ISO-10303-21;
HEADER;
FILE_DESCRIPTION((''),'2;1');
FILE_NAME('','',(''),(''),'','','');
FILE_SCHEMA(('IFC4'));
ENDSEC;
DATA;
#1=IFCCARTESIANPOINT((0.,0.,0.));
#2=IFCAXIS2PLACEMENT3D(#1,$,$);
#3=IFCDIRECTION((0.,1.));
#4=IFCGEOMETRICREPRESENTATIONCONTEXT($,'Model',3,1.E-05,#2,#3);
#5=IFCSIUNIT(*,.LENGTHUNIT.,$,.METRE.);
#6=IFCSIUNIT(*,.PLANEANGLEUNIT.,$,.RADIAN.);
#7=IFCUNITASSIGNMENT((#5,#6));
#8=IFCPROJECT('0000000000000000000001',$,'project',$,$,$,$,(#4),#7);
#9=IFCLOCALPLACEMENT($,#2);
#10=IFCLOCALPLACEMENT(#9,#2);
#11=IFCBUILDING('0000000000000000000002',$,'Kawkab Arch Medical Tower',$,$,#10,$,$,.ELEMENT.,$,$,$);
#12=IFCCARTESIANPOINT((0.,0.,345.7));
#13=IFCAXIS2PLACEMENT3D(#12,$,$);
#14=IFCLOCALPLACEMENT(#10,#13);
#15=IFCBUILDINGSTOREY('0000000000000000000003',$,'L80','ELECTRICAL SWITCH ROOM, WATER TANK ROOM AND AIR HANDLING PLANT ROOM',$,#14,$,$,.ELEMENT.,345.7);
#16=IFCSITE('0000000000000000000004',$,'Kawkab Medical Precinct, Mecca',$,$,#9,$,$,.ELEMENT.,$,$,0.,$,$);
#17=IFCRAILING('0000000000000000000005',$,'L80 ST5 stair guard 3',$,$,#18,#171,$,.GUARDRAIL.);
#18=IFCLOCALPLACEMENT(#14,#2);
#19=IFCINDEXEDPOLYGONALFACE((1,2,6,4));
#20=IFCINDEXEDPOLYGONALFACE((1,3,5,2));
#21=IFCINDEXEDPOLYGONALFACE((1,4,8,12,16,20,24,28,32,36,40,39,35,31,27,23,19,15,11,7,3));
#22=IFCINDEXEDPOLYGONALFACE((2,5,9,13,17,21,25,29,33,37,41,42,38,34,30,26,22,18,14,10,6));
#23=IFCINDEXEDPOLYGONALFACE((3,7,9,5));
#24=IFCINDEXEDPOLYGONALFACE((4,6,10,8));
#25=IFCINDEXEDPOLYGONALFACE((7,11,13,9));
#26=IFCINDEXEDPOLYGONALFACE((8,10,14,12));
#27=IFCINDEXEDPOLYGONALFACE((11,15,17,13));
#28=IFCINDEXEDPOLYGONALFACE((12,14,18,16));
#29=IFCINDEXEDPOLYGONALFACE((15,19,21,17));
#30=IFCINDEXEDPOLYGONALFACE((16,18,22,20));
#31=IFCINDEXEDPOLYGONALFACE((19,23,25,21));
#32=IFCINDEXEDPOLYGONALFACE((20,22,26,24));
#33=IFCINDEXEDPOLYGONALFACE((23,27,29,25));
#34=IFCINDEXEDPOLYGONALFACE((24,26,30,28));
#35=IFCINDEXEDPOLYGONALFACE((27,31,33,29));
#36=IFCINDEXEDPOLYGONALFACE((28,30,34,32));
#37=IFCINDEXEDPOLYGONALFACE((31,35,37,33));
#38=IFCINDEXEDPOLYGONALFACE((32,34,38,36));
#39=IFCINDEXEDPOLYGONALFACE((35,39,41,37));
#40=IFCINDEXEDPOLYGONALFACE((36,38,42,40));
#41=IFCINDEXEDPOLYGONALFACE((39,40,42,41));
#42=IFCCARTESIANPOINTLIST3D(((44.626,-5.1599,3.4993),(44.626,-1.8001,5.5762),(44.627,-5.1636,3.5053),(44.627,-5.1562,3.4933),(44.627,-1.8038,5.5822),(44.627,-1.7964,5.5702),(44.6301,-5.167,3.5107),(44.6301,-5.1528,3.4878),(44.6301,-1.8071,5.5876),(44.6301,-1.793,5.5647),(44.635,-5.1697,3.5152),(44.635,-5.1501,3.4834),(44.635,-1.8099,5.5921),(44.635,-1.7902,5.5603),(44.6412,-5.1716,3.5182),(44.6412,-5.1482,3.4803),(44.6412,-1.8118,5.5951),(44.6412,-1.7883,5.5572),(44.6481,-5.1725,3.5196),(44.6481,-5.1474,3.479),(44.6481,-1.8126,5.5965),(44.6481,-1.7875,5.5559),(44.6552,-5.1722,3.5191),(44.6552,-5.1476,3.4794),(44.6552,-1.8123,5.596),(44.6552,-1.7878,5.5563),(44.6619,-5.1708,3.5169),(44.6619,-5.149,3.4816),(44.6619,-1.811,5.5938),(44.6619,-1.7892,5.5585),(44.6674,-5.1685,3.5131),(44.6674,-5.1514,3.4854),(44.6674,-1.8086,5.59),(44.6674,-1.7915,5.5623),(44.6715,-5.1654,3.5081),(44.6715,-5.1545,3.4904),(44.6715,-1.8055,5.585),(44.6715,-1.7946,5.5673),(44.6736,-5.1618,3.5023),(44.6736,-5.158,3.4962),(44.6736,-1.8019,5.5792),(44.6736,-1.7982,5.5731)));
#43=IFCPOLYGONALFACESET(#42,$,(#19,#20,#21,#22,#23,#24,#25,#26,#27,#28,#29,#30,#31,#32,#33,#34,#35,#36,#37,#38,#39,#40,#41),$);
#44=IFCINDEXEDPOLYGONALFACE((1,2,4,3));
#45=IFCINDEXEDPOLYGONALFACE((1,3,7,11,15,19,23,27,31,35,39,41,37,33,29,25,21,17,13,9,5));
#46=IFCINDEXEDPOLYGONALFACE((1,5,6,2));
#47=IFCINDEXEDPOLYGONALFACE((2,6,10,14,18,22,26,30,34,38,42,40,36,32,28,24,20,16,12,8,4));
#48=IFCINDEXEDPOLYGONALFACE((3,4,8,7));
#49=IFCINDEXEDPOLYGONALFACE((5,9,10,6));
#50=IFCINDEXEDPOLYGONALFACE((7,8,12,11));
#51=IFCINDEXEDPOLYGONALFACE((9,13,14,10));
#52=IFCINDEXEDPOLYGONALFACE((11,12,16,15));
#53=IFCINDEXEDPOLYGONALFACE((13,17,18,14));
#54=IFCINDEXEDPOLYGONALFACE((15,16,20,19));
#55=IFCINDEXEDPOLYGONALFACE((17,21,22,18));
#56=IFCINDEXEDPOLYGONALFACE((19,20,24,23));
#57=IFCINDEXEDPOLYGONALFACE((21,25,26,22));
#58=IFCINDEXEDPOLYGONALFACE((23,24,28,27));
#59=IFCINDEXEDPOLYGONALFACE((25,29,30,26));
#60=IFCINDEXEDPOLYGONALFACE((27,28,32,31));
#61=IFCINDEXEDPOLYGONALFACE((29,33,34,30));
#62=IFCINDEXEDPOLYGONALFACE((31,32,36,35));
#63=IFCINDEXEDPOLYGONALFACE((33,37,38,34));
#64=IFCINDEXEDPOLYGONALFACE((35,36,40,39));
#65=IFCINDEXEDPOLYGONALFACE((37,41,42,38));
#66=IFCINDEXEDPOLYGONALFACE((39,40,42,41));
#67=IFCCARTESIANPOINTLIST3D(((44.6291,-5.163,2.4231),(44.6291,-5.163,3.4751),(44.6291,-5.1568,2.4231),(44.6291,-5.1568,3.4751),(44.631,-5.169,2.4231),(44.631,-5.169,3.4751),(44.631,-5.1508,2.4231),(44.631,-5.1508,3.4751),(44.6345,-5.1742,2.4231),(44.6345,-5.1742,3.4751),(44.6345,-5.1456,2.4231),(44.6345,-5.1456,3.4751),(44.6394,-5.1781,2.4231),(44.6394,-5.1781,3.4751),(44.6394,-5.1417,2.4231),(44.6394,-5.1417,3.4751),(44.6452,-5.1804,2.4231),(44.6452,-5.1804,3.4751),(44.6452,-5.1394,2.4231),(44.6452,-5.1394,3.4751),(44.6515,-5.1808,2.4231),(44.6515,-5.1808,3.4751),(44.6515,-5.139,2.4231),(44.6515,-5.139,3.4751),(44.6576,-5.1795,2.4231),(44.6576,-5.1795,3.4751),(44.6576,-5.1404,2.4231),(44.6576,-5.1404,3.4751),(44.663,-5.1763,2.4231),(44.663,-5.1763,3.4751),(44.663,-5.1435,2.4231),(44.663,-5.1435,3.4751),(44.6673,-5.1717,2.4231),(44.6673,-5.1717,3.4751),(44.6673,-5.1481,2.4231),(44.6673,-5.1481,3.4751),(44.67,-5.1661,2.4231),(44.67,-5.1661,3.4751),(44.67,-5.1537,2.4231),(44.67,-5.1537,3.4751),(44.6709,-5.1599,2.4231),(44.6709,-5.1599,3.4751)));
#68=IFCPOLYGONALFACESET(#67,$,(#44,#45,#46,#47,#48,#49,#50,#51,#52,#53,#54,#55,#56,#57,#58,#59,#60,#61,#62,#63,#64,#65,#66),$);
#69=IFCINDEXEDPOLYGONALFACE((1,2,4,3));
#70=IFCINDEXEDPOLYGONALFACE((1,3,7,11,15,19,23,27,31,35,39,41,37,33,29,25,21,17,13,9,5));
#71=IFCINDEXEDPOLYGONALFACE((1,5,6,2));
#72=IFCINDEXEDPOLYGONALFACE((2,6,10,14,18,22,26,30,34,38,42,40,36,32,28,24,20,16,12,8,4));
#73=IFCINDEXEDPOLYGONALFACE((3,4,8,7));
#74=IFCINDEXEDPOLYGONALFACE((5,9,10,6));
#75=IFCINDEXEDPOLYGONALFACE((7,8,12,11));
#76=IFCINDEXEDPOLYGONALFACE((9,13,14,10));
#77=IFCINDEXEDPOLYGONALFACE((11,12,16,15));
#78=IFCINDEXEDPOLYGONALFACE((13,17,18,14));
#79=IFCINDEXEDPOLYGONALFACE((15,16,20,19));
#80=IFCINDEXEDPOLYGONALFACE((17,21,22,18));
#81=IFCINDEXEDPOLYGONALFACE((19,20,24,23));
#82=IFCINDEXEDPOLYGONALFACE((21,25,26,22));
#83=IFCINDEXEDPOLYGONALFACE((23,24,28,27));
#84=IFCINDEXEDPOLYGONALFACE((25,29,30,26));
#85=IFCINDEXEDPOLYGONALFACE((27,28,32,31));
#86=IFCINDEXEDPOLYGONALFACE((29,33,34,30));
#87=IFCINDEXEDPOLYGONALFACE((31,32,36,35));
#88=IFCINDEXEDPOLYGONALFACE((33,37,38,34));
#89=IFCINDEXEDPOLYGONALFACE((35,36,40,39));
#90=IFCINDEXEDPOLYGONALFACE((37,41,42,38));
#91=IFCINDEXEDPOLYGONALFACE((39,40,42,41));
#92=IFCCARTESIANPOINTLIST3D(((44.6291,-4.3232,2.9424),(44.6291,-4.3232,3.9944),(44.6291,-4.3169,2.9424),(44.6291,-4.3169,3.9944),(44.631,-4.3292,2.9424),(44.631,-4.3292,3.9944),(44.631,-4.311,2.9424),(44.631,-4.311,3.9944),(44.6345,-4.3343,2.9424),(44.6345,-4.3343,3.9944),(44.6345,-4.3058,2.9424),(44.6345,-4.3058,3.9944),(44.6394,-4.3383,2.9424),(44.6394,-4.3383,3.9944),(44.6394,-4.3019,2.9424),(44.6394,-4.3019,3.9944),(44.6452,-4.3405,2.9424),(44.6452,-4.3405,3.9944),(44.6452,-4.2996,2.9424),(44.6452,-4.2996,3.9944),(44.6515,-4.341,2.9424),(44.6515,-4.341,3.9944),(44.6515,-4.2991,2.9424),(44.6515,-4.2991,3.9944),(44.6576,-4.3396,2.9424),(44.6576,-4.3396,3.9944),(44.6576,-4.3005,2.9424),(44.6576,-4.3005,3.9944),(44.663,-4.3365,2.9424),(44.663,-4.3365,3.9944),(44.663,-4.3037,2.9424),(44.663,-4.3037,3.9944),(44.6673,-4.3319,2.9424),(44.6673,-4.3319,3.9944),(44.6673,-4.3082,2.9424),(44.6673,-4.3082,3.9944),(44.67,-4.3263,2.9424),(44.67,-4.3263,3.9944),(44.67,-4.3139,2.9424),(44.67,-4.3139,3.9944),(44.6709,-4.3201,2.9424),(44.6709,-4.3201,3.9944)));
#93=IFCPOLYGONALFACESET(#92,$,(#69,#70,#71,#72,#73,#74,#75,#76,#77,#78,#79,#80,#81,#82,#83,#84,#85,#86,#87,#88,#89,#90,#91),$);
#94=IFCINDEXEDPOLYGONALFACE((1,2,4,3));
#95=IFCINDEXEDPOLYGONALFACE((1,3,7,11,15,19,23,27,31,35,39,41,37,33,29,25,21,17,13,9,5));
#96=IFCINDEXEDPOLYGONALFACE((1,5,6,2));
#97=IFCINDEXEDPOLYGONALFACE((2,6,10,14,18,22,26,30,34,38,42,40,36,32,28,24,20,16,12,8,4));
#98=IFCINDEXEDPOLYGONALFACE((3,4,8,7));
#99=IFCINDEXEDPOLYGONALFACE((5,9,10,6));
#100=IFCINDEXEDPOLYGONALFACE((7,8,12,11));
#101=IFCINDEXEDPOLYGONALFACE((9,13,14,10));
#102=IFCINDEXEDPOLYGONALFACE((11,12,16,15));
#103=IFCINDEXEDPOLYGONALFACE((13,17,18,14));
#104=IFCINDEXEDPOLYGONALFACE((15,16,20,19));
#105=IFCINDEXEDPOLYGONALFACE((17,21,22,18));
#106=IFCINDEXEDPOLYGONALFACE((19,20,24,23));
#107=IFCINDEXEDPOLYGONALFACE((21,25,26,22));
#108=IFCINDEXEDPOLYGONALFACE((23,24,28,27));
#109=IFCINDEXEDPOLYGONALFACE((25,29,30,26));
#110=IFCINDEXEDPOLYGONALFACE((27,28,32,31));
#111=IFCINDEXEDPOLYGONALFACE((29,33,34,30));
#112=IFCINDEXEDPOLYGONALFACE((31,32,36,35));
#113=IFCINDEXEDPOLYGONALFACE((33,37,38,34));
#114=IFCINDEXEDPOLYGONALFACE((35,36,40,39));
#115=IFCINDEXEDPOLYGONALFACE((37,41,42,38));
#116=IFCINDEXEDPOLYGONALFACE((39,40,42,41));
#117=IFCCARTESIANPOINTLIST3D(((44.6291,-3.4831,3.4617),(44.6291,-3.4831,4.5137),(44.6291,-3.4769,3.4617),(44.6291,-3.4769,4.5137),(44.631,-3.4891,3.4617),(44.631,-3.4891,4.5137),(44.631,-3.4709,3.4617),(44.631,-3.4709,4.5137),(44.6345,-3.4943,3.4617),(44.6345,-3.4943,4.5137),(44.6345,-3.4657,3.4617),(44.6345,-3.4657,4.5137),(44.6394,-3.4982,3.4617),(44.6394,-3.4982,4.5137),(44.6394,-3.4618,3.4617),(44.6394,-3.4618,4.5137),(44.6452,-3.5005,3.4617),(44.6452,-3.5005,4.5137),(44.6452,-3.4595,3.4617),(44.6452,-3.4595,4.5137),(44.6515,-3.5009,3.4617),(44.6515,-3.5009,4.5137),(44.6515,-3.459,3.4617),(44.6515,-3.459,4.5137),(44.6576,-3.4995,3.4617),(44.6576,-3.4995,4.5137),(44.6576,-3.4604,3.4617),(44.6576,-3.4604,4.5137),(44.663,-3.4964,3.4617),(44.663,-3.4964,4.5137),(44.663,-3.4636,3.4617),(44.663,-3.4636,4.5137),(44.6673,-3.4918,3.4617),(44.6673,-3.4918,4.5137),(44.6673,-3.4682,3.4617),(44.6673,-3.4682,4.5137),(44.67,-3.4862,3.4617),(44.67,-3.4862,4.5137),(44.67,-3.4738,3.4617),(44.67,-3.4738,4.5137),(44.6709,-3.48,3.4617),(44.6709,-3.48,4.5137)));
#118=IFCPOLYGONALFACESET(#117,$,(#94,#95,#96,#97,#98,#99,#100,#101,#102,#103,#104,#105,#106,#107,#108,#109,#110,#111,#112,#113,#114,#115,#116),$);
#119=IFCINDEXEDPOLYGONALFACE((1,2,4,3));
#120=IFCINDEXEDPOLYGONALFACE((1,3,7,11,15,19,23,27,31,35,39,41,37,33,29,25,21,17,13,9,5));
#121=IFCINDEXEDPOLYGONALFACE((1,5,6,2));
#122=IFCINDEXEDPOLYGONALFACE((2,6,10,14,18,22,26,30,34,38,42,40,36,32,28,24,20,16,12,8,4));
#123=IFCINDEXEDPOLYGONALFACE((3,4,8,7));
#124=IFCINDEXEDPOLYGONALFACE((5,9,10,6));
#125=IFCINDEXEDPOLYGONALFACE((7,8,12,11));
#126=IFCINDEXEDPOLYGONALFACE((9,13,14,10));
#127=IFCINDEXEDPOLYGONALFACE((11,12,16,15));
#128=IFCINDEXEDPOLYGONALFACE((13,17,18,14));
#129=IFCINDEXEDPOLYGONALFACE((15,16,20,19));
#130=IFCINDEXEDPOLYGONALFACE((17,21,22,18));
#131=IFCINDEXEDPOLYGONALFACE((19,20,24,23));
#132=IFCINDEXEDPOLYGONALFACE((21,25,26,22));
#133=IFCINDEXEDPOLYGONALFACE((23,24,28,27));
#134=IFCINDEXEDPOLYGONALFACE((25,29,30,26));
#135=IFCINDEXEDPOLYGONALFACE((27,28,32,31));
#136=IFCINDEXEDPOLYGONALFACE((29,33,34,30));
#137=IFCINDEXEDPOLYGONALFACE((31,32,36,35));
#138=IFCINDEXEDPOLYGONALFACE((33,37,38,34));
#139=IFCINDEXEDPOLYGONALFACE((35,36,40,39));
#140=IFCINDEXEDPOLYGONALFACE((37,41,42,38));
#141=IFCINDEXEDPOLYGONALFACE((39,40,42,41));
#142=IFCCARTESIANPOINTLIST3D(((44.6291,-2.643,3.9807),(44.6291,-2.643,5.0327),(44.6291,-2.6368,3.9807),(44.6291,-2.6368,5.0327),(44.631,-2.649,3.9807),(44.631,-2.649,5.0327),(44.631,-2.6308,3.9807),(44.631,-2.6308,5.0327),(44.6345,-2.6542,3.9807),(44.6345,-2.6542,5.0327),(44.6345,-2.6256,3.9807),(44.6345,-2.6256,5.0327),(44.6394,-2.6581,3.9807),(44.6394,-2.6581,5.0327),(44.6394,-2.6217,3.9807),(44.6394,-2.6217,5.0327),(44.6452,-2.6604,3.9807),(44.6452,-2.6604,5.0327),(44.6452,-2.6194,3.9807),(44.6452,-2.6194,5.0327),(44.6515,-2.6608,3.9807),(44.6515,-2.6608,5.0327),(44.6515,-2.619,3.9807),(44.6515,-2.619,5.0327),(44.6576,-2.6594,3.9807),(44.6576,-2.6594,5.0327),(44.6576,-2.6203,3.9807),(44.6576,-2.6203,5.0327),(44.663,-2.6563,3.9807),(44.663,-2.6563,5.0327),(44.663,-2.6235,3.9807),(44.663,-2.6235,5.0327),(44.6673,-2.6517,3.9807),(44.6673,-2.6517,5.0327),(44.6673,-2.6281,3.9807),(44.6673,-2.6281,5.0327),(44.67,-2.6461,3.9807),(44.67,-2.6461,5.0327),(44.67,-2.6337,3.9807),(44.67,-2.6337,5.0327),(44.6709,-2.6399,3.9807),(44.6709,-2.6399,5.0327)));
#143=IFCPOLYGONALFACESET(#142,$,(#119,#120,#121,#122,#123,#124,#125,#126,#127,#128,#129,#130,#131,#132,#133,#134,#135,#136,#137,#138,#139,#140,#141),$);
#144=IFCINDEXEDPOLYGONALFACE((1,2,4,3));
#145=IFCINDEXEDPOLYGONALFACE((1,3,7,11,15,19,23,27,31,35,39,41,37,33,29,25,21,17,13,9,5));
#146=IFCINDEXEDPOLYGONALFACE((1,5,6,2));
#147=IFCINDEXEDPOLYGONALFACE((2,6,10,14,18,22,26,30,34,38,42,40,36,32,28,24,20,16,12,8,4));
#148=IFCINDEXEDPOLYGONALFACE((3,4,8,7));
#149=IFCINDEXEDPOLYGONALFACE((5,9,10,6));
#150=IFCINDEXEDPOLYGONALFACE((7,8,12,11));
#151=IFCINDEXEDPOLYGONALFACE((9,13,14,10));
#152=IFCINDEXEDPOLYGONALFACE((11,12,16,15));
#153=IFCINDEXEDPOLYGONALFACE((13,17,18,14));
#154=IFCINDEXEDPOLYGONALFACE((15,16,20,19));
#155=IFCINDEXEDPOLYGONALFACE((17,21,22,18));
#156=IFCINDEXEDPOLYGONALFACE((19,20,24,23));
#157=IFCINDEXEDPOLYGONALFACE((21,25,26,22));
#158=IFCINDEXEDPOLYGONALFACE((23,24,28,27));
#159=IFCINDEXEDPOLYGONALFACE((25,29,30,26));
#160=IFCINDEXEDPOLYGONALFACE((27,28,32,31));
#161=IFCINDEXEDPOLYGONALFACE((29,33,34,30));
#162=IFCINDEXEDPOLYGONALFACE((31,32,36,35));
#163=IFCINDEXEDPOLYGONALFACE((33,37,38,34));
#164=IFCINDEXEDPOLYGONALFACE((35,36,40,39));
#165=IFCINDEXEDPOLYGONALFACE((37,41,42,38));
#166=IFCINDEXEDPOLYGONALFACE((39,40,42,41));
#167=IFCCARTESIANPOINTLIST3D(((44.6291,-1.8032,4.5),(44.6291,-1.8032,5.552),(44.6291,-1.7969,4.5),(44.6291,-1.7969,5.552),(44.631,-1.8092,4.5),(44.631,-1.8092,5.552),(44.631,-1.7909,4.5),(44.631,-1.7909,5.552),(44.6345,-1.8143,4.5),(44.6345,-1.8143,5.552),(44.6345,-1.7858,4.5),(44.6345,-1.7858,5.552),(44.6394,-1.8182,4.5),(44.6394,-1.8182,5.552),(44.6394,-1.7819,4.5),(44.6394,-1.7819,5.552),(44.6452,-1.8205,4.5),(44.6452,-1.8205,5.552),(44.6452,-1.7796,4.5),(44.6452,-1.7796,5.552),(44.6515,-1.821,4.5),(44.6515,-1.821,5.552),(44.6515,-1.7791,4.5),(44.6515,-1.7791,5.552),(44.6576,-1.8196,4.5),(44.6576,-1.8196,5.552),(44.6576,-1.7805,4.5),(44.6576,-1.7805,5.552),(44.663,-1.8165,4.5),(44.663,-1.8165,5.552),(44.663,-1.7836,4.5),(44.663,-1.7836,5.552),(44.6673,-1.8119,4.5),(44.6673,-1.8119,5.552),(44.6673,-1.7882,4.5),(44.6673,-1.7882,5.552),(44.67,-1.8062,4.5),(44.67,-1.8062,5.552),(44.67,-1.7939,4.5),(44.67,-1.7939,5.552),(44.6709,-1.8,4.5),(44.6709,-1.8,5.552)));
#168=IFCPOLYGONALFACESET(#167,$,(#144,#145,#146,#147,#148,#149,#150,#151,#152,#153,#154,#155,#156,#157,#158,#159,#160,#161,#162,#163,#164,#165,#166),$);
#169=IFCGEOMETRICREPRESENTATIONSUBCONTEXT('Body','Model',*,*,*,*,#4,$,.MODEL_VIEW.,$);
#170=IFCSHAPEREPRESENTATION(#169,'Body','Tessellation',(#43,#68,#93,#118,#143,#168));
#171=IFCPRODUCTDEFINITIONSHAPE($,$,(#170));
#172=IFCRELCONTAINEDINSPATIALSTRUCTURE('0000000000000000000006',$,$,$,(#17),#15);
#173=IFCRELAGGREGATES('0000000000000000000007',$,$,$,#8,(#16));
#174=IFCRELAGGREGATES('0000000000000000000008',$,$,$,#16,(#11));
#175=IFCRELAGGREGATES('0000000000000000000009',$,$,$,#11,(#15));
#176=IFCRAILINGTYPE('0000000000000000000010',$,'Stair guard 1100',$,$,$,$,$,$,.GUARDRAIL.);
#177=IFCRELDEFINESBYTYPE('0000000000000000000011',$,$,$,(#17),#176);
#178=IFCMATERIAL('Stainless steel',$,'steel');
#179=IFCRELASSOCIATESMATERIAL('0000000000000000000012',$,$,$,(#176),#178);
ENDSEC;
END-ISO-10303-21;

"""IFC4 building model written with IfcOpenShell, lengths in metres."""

from ifc_helpers import new_model, si_unit, direction, frame, origin, origin_2d, place, context, subcontext, project, spatial, circle, extrude, material, type_object, element, save


model = new_model("IFC4")

# Units and contexts
model_context = context("Model", 3, precision=1e-05, world=origin(), true_north=direction((0.0, 1.0)))
body_context = subcontext(model_context, "Body", "Model", "MODEL_VIEW")
ifc_project = project(units=[si_unit("LENGTHUNIT", "METRE"), si_unit("PLANEANGLEUNIT", "RADIAN")], contexts=[model_context])

# Site, building, storey
site_placement = place(None, origin())
site = spatial("IfcSite", under=ifc_project, at=site_placement, Name="Kawkab Medical Precinct, Mecca", CompositionType="ELEMENT", RefElevation=0.0)
building_placement = place(site_placement, origin())
building = spatial("IfcBuilding", under=site, at=building_placement, Name="Kawkab Arch Medical Tower", CompositionType="ELEMENT")
storey_placement = place(building_placement, frame((0.0, 0.0, 345.7)))
storey = spatial("IfcBuildingStorey", under=building, at=storey_placement, Name="L80", Description="ELECTRICAL SWITCH ROOM, WATER TANK ROOM AND AIR HANDLING PLANT ROOM", CompositionType="ELEMENT", Elevation=345.7)

# Railing
ifc_material_1 = material(Name="Stainless steel", Category="steel")
railing_type = type_object("IfcRailingType", Name="Stair guard 1100", PredefinedType="GUARDRAIL", material=ifc_material_1)
railing_placement = place(storey_placement, frame((44.6499, -5.1599, 2.4231)))
element("IfcRailing", 1, at=railing_placement, inside=storey, type_object=railing_type, Name="L80 ST5 stair guard 3", PredefinedType="GUARDRAIL", context=body_context, shape_type="SweptSolid", body=[
    extrude(circle(Radius=0.0239, at=origin_2d()), frame((0.0, 0.0, 1.0762), z_axis=(0.0, 0.850606, 0.525803), x_axis=(-1.0, 0.0, 0.0)), (0.0, 0.0, 1.0), 3.95),
    extrude(circle(Radius=0.021, at=origin_2d()), origin(), (0.0, 0.0, 1.0), 1.052),
    extrude(circle(Radius=0.021, at=origin_2d()), frame((0.0, 0.8398, 0.5193)), (0.0, 0.0, 1.0), 1.052),
    extrude(circle(Radius=0.021, at=origin_2d()), frame((0.0, 1.6799, 1.0386)), (0.0, 0.0, 1.0), 1.052),
    extrude(circle(Radius=0.021, at=origin_2d()), frame((0.0, 2.52, 1.5576)), (0.0, 0.0, 1.0), 1.052),
    extrude(circle(Radius=0.021, at=origin_2d()), frame((0.0, 3.3599, 2.0769)), (0.0, 0.0, 1.0), 1.052),
])

save(model, "model.ifc")
